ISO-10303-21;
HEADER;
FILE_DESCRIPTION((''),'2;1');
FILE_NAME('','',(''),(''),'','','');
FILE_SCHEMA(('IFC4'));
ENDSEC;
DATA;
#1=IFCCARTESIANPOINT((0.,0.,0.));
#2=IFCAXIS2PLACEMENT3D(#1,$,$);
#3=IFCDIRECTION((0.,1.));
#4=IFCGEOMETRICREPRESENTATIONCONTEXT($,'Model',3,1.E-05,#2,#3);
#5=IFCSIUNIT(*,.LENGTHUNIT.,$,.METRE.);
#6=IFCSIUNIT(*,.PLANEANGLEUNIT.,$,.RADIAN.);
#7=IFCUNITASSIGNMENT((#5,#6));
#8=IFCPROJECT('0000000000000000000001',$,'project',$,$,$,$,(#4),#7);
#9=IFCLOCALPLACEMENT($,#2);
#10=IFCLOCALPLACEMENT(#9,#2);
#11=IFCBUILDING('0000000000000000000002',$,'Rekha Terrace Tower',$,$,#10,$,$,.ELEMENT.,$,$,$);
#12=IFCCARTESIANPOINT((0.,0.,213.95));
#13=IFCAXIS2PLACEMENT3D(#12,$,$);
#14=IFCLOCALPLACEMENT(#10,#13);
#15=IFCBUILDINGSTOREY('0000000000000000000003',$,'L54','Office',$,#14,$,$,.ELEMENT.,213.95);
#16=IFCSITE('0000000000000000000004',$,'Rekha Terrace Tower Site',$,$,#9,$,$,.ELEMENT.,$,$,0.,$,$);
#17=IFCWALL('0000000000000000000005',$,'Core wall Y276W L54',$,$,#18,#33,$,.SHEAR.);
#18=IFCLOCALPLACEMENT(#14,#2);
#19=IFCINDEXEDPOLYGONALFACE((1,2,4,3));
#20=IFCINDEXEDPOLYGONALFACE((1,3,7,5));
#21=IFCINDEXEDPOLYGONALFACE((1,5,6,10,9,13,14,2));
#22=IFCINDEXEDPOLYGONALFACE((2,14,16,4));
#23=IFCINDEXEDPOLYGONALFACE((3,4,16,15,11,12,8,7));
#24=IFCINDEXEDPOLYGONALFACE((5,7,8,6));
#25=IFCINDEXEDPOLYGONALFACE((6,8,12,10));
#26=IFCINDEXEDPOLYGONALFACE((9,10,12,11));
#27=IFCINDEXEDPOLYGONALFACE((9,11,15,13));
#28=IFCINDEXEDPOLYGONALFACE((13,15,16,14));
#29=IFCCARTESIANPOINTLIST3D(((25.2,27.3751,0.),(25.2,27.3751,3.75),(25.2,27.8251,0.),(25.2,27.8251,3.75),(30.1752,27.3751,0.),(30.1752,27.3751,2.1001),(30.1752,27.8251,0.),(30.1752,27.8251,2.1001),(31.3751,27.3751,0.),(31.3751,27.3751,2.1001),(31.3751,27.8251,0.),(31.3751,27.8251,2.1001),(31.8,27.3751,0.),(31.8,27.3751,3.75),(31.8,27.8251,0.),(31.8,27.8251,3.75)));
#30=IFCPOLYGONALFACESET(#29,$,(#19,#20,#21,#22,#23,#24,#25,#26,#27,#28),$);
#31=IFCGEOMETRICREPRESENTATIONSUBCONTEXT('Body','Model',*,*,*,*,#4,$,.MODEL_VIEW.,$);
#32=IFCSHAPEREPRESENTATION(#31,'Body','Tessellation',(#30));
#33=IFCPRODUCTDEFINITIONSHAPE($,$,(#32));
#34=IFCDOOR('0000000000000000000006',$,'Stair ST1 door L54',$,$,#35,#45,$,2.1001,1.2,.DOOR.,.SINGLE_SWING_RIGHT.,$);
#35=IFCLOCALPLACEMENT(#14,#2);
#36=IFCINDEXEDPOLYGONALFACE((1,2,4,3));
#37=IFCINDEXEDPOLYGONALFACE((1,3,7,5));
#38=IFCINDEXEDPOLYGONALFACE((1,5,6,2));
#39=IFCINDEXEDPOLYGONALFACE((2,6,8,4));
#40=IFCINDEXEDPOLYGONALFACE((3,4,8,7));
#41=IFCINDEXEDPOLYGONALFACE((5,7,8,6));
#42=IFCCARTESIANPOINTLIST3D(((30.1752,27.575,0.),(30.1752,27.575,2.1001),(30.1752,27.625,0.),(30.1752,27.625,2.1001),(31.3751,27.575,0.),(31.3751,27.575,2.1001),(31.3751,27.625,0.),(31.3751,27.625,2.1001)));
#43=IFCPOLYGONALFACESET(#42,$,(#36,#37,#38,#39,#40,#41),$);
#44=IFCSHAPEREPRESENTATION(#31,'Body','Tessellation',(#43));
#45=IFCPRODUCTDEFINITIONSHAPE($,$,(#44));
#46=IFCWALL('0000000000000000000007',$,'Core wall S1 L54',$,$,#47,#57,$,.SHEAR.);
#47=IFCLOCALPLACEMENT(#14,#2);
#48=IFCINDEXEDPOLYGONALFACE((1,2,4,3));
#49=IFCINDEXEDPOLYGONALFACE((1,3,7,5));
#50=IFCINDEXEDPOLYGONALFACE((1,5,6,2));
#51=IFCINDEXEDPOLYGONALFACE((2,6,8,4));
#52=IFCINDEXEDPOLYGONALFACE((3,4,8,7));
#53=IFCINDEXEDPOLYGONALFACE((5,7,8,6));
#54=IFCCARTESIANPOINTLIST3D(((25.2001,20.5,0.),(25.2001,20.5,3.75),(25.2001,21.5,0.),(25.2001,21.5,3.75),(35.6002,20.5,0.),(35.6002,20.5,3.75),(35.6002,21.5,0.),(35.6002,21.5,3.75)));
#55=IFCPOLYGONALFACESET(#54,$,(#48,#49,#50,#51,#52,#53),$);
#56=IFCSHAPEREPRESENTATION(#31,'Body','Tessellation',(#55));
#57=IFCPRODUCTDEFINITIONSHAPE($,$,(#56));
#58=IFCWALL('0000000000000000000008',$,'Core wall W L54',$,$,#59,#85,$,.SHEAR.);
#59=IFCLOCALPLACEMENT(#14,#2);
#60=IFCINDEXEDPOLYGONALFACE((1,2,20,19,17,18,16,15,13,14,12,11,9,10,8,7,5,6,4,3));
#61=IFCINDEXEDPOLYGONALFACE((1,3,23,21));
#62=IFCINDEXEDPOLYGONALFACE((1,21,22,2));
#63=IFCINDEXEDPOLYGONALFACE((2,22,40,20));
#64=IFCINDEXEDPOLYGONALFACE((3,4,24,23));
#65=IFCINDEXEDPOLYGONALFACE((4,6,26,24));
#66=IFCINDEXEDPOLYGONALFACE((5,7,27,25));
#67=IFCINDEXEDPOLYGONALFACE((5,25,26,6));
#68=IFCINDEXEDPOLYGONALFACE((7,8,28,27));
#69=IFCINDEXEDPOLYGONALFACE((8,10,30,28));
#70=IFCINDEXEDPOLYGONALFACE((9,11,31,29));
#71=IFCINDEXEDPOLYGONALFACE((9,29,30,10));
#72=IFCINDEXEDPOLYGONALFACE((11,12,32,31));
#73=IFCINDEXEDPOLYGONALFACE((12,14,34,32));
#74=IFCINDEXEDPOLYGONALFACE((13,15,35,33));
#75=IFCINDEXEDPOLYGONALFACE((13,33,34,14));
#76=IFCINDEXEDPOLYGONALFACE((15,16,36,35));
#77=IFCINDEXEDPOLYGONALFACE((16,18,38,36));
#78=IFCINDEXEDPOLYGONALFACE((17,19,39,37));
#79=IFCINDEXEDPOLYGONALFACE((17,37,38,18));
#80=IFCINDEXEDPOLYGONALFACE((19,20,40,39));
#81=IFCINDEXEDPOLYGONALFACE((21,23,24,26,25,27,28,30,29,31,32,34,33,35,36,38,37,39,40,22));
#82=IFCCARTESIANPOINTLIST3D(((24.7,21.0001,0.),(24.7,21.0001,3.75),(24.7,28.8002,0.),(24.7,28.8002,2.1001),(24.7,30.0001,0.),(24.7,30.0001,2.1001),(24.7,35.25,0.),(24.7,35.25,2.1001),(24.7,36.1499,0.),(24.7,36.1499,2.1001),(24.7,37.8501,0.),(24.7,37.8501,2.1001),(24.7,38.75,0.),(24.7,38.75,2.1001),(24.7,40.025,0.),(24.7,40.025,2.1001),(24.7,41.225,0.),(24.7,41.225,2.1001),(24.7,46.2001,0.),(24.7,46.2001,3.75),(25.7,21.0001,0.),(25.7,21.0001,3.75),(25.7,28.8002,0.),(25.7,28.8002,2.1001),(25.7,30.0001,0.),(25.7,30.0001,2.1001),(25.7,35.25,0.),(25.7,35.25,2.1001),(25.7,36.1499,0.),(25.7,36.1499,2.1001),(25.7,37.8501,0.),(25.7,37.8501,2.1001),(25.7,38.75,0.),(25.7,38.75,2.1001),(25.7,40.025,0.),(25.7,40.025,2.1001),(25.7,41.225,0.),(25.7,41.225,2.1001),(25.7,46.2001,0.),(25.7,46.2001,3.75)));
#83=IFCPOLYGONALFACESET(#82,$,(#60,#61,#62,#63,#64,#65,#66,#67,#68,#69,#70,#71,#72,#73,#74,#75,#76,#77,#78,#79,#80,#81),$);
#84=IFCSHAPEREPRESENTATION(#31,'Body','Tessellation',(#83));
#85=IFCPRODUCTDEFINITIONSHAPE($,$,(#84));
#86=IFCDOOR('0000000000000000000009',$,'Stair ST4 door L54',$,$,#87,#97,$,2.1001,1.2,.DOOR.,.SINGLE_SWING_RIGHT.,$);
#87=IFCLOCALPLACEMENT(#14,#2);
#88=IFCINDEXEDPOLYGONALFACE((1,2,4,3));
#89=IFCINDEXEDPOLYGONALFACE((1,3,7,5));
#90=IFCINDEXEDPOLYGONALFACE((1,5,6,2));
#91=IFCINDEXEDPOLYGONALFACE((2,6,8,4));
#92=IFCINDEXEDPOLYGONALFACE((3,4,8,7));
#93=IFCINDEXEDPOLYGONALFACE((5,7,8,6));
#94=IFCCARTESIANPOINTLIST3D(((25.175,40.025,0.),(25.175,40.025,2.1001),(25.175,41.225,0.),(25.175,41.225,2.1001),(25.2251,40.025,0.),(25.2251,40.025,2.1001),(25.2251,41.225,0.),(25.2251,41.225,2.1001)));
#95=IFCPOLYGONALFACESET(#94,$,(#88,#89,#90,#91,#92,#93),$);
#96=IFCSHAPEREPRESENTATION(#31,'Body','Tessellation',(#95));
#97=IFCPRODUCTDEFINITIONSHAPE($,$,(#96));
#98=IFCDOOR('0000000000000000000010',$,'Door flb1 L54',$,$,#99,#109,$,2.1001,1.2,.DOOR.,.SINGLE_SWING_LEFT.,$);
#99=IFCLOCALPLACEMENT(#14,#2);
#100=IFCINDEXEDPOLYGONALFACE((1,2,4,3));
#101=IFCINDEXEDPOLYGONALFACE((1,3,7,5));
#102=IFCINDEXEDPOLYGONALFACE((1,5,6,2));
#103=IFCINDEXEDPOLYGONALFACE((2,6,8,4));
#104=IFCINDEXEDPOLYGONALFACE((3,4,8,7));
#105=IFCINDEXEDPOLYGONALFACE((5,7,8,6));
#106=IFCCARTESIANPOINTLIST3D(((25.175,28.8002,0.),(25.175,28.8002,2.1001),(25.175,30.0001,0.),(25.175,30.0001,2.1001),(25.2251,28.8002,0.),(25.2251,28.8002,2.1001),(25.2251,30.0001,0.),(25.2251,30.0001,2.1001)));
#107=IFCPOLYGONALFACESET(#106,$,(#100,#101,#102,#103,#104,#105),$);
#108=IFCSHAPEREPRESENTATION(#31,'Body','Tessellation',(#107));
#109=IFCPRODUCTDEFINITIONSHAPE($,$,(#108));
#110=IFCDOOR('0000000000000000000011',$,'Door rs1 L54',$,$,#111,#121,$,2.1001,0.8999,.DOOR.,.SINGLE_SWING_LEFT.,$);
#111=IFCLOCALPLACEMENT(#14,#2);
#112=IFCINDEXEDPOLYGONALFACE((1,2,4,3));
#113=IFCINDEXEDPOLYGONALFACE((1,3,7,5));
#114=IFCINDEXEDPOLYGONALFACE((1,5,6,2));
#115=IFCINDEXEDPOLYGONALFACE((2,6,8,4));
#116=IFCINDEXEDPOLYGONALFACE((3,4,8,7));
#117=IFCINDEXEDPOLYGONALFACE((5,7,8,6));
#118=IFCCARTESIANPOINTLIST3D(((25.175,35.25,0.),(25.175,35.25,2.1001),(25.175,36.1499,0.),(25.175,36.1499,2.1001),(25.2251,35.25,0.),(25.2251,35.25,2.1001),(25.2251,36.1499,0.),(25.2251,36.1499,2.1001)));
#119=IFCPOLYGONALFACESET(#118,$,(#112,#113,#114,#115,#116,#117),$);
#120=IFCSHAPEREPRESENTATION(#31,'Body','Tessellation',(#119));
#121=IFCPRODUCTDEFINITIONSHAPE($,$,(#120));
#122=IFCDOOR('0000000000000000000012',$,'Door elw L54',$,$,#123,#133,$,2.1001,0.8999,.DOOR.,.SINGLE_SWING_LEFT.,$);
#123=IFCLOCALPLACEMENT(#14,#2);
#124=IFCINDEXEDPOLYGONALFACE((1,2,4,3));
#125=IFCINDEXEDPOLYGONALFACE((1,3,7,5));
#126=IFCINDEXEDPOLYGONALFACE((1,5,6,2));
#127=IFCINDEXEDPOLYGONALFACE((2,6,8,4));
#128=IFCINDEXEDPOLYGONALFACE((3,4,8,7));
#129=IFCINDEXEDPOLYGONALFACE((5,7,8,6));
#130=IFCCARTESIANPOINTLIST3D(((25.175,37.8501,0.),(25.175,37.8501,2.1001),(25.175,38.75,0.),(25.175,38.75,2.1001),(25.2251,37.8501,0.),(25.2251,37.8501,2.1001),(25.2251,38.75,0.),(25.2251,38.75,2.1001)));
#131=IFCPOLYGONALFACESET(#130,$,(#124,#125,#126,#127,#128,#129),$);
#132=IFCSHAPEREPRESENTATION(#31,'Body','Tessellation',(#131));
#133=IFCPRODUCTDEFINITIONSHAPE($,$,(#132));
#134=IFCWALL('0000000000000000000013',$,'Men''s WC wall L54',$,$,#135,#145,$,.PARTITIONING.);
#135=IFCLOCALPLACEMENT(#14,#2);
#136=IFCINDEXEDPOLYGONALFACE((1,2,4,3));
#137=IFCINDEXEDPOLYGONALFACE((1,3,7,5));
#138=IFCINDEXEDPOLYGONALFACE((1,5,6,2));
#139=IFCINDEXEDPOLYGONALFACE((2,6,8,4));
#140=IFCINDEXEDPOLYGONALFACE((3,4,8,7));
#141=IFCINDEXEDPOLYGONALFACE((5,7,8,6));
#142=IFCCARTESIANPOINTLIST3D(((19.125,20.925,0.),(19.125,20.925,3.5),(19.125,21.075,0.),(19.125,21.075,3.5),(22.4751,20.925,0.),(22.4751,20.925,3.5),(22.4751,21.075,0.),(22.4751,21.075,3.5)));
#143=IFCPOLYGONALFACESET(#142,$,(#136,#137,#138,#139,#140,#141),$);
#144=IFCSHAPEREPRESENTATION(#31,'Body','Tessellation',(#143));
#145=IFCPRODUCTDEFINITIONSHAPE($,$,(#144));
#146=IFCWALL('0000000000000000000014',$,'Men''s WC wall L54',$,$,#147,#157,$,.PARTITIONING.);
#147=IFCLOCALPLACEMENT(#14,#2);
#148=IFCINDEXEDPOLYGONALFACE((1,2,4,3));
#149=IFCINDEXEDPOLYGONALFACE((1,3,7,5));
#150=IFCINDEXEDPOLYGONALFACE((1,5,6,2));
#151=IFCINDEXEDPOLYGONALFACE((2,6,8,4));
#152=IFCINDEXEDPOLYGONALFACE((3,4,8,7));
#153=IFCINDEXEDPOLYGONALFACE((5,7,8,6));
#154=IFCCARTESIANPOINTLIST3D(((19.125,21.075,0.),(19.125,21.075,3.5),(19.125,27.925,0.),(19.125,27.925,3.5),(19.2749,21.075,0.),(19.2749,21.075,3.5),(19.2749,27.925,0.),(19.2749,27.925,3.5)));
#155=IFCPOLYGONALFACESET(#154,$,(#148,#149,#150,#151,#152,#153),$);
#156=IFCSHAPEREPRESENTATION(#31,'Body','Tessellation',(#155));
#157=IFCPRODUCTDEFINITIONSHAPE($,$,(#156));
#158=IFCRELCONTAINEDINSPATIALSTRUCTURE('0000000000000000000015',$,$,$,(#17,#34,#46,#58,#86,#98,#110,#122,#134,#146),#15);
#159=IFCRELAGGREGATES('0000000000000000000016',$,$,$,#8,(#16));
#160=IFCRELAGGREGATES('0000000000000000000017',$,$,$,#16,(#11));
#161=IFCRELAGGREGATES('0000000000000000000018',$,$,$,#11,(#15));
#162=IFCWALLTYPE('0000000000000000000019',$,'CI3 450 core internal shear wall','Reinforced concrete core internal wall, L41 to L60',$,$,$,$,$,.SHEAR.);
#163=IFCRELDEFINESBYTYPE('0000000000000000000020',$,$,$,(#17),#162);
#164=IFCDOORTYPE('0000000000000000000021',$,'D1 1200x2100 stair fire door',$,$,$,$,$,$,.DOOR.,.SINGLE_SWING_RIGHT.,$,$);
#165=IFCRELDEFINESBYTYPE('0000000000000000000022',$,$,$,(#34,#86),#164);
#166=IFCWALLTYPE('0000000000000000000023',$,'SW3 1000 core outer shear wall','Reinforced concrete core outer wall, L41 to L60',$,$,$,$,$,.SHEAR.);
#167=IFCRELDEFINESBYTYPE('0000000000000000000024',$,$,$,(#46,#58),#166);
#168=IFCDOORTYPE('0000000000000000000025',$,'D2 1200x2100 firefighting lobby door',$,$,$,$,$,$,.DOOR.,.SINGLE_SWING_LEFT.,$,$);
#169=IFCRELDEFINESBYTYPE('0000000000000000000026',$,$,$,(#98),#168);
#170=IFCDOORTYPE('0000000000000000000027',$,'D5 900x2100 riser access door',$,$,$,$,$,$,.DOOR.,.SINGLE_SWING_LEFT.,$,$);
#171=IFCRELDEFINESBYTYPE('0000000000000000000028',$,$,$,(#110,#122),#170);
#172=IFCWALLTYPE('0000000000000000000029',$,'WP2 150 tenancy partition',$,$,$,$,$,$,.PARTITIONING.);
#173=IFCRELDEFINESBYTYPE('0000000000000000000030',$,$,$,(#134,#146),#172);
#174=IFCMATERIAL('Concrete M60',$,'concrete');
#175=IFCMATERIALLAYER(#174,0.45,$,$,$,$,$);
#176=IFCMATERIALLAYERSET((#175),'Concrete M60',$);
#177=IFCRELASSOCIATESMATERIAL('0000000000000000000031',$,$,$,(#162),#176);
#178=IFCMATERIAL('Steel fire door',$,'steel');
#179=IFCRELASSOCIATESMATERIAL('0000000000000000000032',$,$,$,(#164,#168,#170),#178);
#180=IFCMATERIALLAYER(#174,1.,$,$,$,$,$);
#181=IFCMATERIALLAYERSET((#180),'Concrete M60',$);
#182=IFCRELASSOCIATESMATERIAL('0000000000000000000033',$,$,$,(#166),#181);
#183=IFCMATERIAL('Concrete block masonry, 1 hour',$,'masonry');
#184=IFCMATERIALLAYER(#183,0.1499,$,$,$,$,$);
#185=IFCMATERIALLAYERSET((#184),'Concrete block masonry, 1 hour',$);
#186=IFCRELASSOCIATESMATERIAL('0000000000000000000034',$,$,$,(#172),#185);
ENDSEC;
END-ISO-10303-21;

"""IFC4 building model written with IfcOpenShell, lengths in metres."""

from ifc_helpers import new_model, si_unit, direction, frame, frame_2d, origin, place, context, subcontext, project, spatial, rectangle, extrude, material, layer, layer_set, type_object, element, fill, save


model = new_model("IFC4")

# Units and contexts
model_context = context("Model", 3, precision=1e-05, world=origin(), true_north=direction((0.0, 1.0)))
body_context = subcontext(model_context, "Body", "Model", "MODEL_VIEW")
ifc_project = project(units=[si_unit("LENGTHUNIT", "METRE"), si_unit("PLANEANGLEUNIT", "RADIAN")], contexts=[model_context])

# Site, building, storey
site_placement = place(None, origin())
site = spatial("IfcSite", under=ifc_project, at=site_placement, Name="Rekha Terrace Tower Site", CompositionType="ELEMENT", RefElevation=0.0)
building_placement = place(site_placement, origin())
building = spatial("IfcBuilding", under=site, at=building_placement, Name="Rekha Terrace Tower", CompositionType="ELEMENT")
storey_placement = place(building_placement, frame((0.0, 0.0, 213.95)))
storey = spatial("IfcBuildingStorey", under=building, at=storey_placement, Name="L54", Description="Office", CompositionType="ELEMENT", Elevation=213.95)

# Wall, opening, door
ifc_material_1 = material(Name="Concrete M60", Category="concrete")
ifc_layer_1 = layer(ifc_material_1, 0.45)
ifc_layer_set_1 = layer_set([ifc_layer_1], Name="Concrete M60")
wall_type_1 = type_object("IfcWallType", Name="CI3 450 core internal shear wall", Description="Reinforced concrete core internal wall, L41 to L60", PredefinedType="SHEAR", material=ifc_layer_set_1)
wall_1_placement = place(storey_placement, frame((25.2, 27.6001, 0.0), z_axis=(0.0, 0.0, 1.0), x_axis=(1.0, 0.0, 0.0)))
wall_1 = element("IfcWall", 1, at=wall_1_placement, inside=storey, type_object=wall_type_1, Name="Core wall Y276W L54", PredefinedType="SHEAR", context=body_context, shape_type="SweptSolid", body=[
    extrude(rectangle(XDim=6.6001, YDim=0.45, at=frame_2d((3.3, 0.0))), origin(), (0.0, 0.0, 1.0), 3.75),
])
opening_1_placement = place(wall_1_placement, frame((4.9751, 0.0, 0.0)))
opening_1 = element("IfcOpeningElement", 2, at=opening_1_placement, cuts=wall_1, PredefinedType="OPENING", context=body_context, shape_type="SweptSolid", body=[
    extrude(rectangle(XDim=1.2, YDim=2.1001, at=frame_2d((0.6001, 1.05))), frame((0.0, 0.2349, 0.0), z_axis=(0.0, -1.0, 0.0), x_axis=(1.0, 0.0, 0.0)), (0.0, 0.0, 1.0), 0.47),
])
ifc_material_2 = material(Name="Steel fire door", Category="steel")
door_type_1 = type_object("IfcDoorType", Name="D1 1200x2100 stair fire door", OperationType="SINGLE_SWING_RIGHT", PredefinedType="DOOR", material=ifc_material_2)
door_1_placement = place(opening_1_placement, origin())
door_1 = element("IfcDoor", 3, at=door_1_placement, inside=storey, type_object=door_type_1, Name="Stair ST1 door L54", OperationType="SINGLE_SWING_RIGHT", OverallHeight=2.1001, OverallWidth=1.2, PredefinedType="DOOR", context=body_context, shape_type="SweptSolid", body=[
    extrude(rectangle(XDim=1.2, YDim=2.1001, at=frame_2d((0.6001, 1.05))), frame((0.0, 0.0249, 0.0), z_axis=(0.0, -1.0, 0.0), x_axis=(1.0, 0.0, 0.0)), (0.0, 0.0, 1.0), 0.05),
])
fill(opening_1, door_1)

# Wall
ifc_layer_2 = layer(ifc_material_1, 1.0)
ifc_layer_set_2 = layer_set([ifc_layer_2], Name="Concrete M60")
wall_type_2 = type_object("IfcWallType", Name="SW3 1000 core outer shear wall", Description="Reinforced concrete core outer wall, L41 to L60", PredefinedType="SHEAR", material=ifc_layer_set_2)
wall_2_placement = place(storey_placement, frame((25.2, 21.0, 0.0), z_axis=(0.0, 0.0, 1.0), x_axis=(1.0, 0.0, 0.0)))
element("IfcWall", 4, at=wall_2_placement, inside=storey, type_object=wall_type_2, Name="Core wall S1 L54", PredefinedType="SHEAR", context=body_context, shape_type="SweptSolid", body=[
    extrude(rectangle(XDim=10.4001, YDim=1.0, at=frame_2d((5.2002, 0.0))), origin(), (0.0, 0.0, 1.0), 3.75),
])

# Wall, openings, doors
wall_3_placement = place(storey_placement, frame((25.2, 21.0, 0.0), z_axis=(0.0, 0.0, 1.0), x_axis=(0.0, 1.0, 0.0)))
wall_3 = element("IfcWall", 5, at=wall_3_placement, inside=storey, type_object=wall_type_2, Name="Core wall W L54", PredefinedType="SHEAR", context=body_context, shape_type="SweptSolid", body=[
    extrude(rectangle(XDim=25.2, YDim=1.0, at=frame_2d((12.6001, 0.0))), origin(), (0.0, 0.0, 1.0), 3.75),
])
opening_2_placement = place(wall_3_placement, frame((7.8, 0.0, 0.0)))
opening_2 = element("IfcOpeningElement", 6, at=opening_2_placement, cuts=wall_3, PredefinedType="OPENING", context=body_context, shape_type="SweptSolid", body=[
    extrude(rectangle(XDim=1.2, YDim=2.1001, at=frame_2d((0.6001, 1.05))), frame((0.0, 0.51, 0.0), z_axis=(0.0, -1.0, 0.0), x_axis=(1.0, 0.0, 0.0)), (0.0, 0.0, 1.0), 1.02),
])
opening_3_placement = place(wall_3_placement, frame((14.25, 0.0, 0.0)))
opening_3 = element("IfcOpeningElement", 7, at=opening_3_placement, cuts=wall_3, PredefinedType="OPENING", context=body_context, shape_type="SweptSolid", body=[
    extrude(rectangle(XDim=0.8999, YDim=2.1001, at=frame_2d((0.45, 1.05))), frame((0.0, 0.51, 0.0), z_axis=(0.0, -1.0, 0.0), x_axis=(1.0, 0.0, 0.0)), (0.0, 0.0, 1.0), 1.02),
])
opening_4_placement = place(wall_3_placement, frame((16.8501, 0.0, 0.0)))
opening_4 = element("IfcOpeningElement", 8, at=opening_4_placement, cuts=wall_3, PredefinedType="OPENING", context=body_context, shape_type="SweptSolid", body=[
    extrude(rectangle(XDim=0.8999, YDim=2.1001, at=frame_2d((0.45, 1.05))), frame((0.0, 0.51, 0.0), z_axis=(0.0, -1.0, 0.0), x_axis=(1.0, 0.0, 0.0)), (0.0, 0.0, 1.0), 1.02),
])
opening_5_placement = place(wall_3_placement, frame((19.0249, 0.0, 0.0)))
opening_5 = element("IfcOpeningElement", 9, at=opening_5_placement, cuts=wall_3, PredefinedType="OPENING", context=body_context, shape_type="SweptSolid", body=[
    extrude(rectangle(XDim=1.2, YDim=2.1001, at=frame_2d((0.6001, 1.05))), frame((0.0, 0.51, 0.0), z_axis=(0.0, -1.0, 0.0), x_axis=(1.0, 0.0, 0.0)), (0.0, 0.0, 1.0), 1.02),
])
door_2_placement = place(opening_5_placement, origin())
door_2 = element("IfcDoor", 10, at=door_2_placement, inside=storey, type_object=door_type_1, Name="Stair ST4 door L54", OperationType="SINGLE_SWING_RIGHT", OverallHeight=2.1001, OverallWidth=1.2, PredefinedType="DOOR", context=body_context, shape_type="SweptSolid", body=[
    extrude(rectangle(XDim=1.2, YDim=2.1001, at=frame_2d((0.6001, 1.05))), frame((0.0, 0.0249, 0.0), z_axis=(0.0, -1.0, 0.0), x_axis=(1.0, 0.0, 0.0)), (0.0, 0.0, 1.0), 0.05),
])
fill(opening_5, door_2)
door_type_2 = type_object("IfcDoorType", Name="D2 1200x2100 firefighting lobby door", OperationType="SINGLE_SWING_LEFT", PredefinedType="DOOR", material=ifc_material_2)
door_3_placement = place(opening_2_placement, origin())
door_3 = element("IfcDoor", 11, at=door_3_placement, inside=storey, type_object=door_type_2, Name="Door flb1 L54", OperationType="SINGLE_SWING_LEFT", OverallHeight=2.1001, OverallWidth=1.2, PredefinedType="DOOR", context=body_context, shape_type="SweptSolid", body=[
    extrude(rectangle(XDim=1.2, YDim=2.1001, at=frame_2d((0.6001, 1.05))), frame((0.0, 0.0249, 0.0), z_axis=(0.0, -1.0, 0.0), x_axis=(1.0, 0.0, 0.0)), (0.0, 0.0, 1.0), 0.05),
])
fill(opening_2, door_3)
door_type_3 = type_object("IfcDoorType", Name="D5 900x2100 riser access door", OperationType="SINGLE_SWING_LEFT", PredefinedType="DOOR", material=ifc_material_2)
door_4_placement = place(opening_3_placement, origin())
door_4 = element("IfcDoor", 12, at=door_4_placement, inside=storey, type_object=door_type_3, Name="Door rs1 L54", OperationType="SINGLE_SWING_LEFT", OverallHeight=2.1001, OverallWidth=0.8999, PredefinedType="DOOR", context=body_context, shape_type="SweptSolid", body=[
    extrude(rectangle(XDim=0.8999, YDim=2.1001, at=frame_2d((0.45, 1.05))), frame((0.0, 0.0249, 0.0), z_axis=(0.0, -1.0, 0.0), x_axis=(1.0, 0.0, 0.0)), (0.0, 0.0, 1.0), 0.05),
])
fill(opening_3, door_4)
door_5_placement = place(opening_4_placement, origin())
door_5 = element("IfcDoor", 13, at=door_5_placement, inside=storey, type_object=door_type_3, Name="Door elw L54", OperationType="SINGLE_SWING_LEFT", OverallHeight=2.1001, OverallWidth=0.8999, PredefinedType="DOOR", context=body_context, shape_type="SweptSolid", body=[
    extrude(rectangle(XDim=0.8999, YDim=2.1001, at=frame_2d((0.45, 1.05))), frame((0.0, 0.0249, 0.0), z_axis=(0.0, -1.0, 0.0), x_axis=(1.0, 0.0, 0.0)), (0.0, 0.0, 1.0), 0.05),
])
fill(opening_4, door_5)

# Walls
ifc_material_3 = material(Name="Concrete block masonry, 1 hour", Category="masonry")
ifc_layer_3 = layer(ifc_material_3, 0.1499)
ifc_layer_set_3 = layer_set([ifc_layer_3], Name="Concrete block masonry, 1 hour")
wall_type_3 = type_object("IfcWallType", Name="WP2 150 tenancy partition", PredefinedType="PARTITIONING", material=ifc_layer_set_3)
wall_4_placement = place(storey_placement, frame((19.125, 21.0, 0.0), z_axis=(0.0, 0.0, 1.0), x_axis=(1.0, 0.0, 0.0)))
element("IfcWall", 14, at=wall_4_placement, inside=storey, type_object=wall_type_3, Name="Men's WC wall L54", PredefinedType="PARTITIONING", context=body_context, shape_type="SweptSolid", body=[
    extrude(rectangle(XDim=3.3501, YDim=0.1499, at=frame_2d((1.675, 0.0))), origin(), (0.0, 0.0, 1.0), 3.5),
])
wall_5_placement = place(storey_placement, frame((19.2, 21.075, 0.0), z_axis=(0.0, 0.0, 1.0), x_axis=(0.0, 1.0, 0.0)))
element("IfcWall", 15, at=wall_5_placement, inside=storey, type_object=wall_type_3, Name="Men's WC wall L54", PredefinedType="PARTITIONING", context=body_context, shape_type="SweptSolid", body=[
    extrude(rectangle(XDim=6.8501, YDim=0.1499, at=frame_2d((3.425, 0.0))), origin(), (0.0, 0.0, 1.0), 3.5),
])

save(model, "model.ifc")
